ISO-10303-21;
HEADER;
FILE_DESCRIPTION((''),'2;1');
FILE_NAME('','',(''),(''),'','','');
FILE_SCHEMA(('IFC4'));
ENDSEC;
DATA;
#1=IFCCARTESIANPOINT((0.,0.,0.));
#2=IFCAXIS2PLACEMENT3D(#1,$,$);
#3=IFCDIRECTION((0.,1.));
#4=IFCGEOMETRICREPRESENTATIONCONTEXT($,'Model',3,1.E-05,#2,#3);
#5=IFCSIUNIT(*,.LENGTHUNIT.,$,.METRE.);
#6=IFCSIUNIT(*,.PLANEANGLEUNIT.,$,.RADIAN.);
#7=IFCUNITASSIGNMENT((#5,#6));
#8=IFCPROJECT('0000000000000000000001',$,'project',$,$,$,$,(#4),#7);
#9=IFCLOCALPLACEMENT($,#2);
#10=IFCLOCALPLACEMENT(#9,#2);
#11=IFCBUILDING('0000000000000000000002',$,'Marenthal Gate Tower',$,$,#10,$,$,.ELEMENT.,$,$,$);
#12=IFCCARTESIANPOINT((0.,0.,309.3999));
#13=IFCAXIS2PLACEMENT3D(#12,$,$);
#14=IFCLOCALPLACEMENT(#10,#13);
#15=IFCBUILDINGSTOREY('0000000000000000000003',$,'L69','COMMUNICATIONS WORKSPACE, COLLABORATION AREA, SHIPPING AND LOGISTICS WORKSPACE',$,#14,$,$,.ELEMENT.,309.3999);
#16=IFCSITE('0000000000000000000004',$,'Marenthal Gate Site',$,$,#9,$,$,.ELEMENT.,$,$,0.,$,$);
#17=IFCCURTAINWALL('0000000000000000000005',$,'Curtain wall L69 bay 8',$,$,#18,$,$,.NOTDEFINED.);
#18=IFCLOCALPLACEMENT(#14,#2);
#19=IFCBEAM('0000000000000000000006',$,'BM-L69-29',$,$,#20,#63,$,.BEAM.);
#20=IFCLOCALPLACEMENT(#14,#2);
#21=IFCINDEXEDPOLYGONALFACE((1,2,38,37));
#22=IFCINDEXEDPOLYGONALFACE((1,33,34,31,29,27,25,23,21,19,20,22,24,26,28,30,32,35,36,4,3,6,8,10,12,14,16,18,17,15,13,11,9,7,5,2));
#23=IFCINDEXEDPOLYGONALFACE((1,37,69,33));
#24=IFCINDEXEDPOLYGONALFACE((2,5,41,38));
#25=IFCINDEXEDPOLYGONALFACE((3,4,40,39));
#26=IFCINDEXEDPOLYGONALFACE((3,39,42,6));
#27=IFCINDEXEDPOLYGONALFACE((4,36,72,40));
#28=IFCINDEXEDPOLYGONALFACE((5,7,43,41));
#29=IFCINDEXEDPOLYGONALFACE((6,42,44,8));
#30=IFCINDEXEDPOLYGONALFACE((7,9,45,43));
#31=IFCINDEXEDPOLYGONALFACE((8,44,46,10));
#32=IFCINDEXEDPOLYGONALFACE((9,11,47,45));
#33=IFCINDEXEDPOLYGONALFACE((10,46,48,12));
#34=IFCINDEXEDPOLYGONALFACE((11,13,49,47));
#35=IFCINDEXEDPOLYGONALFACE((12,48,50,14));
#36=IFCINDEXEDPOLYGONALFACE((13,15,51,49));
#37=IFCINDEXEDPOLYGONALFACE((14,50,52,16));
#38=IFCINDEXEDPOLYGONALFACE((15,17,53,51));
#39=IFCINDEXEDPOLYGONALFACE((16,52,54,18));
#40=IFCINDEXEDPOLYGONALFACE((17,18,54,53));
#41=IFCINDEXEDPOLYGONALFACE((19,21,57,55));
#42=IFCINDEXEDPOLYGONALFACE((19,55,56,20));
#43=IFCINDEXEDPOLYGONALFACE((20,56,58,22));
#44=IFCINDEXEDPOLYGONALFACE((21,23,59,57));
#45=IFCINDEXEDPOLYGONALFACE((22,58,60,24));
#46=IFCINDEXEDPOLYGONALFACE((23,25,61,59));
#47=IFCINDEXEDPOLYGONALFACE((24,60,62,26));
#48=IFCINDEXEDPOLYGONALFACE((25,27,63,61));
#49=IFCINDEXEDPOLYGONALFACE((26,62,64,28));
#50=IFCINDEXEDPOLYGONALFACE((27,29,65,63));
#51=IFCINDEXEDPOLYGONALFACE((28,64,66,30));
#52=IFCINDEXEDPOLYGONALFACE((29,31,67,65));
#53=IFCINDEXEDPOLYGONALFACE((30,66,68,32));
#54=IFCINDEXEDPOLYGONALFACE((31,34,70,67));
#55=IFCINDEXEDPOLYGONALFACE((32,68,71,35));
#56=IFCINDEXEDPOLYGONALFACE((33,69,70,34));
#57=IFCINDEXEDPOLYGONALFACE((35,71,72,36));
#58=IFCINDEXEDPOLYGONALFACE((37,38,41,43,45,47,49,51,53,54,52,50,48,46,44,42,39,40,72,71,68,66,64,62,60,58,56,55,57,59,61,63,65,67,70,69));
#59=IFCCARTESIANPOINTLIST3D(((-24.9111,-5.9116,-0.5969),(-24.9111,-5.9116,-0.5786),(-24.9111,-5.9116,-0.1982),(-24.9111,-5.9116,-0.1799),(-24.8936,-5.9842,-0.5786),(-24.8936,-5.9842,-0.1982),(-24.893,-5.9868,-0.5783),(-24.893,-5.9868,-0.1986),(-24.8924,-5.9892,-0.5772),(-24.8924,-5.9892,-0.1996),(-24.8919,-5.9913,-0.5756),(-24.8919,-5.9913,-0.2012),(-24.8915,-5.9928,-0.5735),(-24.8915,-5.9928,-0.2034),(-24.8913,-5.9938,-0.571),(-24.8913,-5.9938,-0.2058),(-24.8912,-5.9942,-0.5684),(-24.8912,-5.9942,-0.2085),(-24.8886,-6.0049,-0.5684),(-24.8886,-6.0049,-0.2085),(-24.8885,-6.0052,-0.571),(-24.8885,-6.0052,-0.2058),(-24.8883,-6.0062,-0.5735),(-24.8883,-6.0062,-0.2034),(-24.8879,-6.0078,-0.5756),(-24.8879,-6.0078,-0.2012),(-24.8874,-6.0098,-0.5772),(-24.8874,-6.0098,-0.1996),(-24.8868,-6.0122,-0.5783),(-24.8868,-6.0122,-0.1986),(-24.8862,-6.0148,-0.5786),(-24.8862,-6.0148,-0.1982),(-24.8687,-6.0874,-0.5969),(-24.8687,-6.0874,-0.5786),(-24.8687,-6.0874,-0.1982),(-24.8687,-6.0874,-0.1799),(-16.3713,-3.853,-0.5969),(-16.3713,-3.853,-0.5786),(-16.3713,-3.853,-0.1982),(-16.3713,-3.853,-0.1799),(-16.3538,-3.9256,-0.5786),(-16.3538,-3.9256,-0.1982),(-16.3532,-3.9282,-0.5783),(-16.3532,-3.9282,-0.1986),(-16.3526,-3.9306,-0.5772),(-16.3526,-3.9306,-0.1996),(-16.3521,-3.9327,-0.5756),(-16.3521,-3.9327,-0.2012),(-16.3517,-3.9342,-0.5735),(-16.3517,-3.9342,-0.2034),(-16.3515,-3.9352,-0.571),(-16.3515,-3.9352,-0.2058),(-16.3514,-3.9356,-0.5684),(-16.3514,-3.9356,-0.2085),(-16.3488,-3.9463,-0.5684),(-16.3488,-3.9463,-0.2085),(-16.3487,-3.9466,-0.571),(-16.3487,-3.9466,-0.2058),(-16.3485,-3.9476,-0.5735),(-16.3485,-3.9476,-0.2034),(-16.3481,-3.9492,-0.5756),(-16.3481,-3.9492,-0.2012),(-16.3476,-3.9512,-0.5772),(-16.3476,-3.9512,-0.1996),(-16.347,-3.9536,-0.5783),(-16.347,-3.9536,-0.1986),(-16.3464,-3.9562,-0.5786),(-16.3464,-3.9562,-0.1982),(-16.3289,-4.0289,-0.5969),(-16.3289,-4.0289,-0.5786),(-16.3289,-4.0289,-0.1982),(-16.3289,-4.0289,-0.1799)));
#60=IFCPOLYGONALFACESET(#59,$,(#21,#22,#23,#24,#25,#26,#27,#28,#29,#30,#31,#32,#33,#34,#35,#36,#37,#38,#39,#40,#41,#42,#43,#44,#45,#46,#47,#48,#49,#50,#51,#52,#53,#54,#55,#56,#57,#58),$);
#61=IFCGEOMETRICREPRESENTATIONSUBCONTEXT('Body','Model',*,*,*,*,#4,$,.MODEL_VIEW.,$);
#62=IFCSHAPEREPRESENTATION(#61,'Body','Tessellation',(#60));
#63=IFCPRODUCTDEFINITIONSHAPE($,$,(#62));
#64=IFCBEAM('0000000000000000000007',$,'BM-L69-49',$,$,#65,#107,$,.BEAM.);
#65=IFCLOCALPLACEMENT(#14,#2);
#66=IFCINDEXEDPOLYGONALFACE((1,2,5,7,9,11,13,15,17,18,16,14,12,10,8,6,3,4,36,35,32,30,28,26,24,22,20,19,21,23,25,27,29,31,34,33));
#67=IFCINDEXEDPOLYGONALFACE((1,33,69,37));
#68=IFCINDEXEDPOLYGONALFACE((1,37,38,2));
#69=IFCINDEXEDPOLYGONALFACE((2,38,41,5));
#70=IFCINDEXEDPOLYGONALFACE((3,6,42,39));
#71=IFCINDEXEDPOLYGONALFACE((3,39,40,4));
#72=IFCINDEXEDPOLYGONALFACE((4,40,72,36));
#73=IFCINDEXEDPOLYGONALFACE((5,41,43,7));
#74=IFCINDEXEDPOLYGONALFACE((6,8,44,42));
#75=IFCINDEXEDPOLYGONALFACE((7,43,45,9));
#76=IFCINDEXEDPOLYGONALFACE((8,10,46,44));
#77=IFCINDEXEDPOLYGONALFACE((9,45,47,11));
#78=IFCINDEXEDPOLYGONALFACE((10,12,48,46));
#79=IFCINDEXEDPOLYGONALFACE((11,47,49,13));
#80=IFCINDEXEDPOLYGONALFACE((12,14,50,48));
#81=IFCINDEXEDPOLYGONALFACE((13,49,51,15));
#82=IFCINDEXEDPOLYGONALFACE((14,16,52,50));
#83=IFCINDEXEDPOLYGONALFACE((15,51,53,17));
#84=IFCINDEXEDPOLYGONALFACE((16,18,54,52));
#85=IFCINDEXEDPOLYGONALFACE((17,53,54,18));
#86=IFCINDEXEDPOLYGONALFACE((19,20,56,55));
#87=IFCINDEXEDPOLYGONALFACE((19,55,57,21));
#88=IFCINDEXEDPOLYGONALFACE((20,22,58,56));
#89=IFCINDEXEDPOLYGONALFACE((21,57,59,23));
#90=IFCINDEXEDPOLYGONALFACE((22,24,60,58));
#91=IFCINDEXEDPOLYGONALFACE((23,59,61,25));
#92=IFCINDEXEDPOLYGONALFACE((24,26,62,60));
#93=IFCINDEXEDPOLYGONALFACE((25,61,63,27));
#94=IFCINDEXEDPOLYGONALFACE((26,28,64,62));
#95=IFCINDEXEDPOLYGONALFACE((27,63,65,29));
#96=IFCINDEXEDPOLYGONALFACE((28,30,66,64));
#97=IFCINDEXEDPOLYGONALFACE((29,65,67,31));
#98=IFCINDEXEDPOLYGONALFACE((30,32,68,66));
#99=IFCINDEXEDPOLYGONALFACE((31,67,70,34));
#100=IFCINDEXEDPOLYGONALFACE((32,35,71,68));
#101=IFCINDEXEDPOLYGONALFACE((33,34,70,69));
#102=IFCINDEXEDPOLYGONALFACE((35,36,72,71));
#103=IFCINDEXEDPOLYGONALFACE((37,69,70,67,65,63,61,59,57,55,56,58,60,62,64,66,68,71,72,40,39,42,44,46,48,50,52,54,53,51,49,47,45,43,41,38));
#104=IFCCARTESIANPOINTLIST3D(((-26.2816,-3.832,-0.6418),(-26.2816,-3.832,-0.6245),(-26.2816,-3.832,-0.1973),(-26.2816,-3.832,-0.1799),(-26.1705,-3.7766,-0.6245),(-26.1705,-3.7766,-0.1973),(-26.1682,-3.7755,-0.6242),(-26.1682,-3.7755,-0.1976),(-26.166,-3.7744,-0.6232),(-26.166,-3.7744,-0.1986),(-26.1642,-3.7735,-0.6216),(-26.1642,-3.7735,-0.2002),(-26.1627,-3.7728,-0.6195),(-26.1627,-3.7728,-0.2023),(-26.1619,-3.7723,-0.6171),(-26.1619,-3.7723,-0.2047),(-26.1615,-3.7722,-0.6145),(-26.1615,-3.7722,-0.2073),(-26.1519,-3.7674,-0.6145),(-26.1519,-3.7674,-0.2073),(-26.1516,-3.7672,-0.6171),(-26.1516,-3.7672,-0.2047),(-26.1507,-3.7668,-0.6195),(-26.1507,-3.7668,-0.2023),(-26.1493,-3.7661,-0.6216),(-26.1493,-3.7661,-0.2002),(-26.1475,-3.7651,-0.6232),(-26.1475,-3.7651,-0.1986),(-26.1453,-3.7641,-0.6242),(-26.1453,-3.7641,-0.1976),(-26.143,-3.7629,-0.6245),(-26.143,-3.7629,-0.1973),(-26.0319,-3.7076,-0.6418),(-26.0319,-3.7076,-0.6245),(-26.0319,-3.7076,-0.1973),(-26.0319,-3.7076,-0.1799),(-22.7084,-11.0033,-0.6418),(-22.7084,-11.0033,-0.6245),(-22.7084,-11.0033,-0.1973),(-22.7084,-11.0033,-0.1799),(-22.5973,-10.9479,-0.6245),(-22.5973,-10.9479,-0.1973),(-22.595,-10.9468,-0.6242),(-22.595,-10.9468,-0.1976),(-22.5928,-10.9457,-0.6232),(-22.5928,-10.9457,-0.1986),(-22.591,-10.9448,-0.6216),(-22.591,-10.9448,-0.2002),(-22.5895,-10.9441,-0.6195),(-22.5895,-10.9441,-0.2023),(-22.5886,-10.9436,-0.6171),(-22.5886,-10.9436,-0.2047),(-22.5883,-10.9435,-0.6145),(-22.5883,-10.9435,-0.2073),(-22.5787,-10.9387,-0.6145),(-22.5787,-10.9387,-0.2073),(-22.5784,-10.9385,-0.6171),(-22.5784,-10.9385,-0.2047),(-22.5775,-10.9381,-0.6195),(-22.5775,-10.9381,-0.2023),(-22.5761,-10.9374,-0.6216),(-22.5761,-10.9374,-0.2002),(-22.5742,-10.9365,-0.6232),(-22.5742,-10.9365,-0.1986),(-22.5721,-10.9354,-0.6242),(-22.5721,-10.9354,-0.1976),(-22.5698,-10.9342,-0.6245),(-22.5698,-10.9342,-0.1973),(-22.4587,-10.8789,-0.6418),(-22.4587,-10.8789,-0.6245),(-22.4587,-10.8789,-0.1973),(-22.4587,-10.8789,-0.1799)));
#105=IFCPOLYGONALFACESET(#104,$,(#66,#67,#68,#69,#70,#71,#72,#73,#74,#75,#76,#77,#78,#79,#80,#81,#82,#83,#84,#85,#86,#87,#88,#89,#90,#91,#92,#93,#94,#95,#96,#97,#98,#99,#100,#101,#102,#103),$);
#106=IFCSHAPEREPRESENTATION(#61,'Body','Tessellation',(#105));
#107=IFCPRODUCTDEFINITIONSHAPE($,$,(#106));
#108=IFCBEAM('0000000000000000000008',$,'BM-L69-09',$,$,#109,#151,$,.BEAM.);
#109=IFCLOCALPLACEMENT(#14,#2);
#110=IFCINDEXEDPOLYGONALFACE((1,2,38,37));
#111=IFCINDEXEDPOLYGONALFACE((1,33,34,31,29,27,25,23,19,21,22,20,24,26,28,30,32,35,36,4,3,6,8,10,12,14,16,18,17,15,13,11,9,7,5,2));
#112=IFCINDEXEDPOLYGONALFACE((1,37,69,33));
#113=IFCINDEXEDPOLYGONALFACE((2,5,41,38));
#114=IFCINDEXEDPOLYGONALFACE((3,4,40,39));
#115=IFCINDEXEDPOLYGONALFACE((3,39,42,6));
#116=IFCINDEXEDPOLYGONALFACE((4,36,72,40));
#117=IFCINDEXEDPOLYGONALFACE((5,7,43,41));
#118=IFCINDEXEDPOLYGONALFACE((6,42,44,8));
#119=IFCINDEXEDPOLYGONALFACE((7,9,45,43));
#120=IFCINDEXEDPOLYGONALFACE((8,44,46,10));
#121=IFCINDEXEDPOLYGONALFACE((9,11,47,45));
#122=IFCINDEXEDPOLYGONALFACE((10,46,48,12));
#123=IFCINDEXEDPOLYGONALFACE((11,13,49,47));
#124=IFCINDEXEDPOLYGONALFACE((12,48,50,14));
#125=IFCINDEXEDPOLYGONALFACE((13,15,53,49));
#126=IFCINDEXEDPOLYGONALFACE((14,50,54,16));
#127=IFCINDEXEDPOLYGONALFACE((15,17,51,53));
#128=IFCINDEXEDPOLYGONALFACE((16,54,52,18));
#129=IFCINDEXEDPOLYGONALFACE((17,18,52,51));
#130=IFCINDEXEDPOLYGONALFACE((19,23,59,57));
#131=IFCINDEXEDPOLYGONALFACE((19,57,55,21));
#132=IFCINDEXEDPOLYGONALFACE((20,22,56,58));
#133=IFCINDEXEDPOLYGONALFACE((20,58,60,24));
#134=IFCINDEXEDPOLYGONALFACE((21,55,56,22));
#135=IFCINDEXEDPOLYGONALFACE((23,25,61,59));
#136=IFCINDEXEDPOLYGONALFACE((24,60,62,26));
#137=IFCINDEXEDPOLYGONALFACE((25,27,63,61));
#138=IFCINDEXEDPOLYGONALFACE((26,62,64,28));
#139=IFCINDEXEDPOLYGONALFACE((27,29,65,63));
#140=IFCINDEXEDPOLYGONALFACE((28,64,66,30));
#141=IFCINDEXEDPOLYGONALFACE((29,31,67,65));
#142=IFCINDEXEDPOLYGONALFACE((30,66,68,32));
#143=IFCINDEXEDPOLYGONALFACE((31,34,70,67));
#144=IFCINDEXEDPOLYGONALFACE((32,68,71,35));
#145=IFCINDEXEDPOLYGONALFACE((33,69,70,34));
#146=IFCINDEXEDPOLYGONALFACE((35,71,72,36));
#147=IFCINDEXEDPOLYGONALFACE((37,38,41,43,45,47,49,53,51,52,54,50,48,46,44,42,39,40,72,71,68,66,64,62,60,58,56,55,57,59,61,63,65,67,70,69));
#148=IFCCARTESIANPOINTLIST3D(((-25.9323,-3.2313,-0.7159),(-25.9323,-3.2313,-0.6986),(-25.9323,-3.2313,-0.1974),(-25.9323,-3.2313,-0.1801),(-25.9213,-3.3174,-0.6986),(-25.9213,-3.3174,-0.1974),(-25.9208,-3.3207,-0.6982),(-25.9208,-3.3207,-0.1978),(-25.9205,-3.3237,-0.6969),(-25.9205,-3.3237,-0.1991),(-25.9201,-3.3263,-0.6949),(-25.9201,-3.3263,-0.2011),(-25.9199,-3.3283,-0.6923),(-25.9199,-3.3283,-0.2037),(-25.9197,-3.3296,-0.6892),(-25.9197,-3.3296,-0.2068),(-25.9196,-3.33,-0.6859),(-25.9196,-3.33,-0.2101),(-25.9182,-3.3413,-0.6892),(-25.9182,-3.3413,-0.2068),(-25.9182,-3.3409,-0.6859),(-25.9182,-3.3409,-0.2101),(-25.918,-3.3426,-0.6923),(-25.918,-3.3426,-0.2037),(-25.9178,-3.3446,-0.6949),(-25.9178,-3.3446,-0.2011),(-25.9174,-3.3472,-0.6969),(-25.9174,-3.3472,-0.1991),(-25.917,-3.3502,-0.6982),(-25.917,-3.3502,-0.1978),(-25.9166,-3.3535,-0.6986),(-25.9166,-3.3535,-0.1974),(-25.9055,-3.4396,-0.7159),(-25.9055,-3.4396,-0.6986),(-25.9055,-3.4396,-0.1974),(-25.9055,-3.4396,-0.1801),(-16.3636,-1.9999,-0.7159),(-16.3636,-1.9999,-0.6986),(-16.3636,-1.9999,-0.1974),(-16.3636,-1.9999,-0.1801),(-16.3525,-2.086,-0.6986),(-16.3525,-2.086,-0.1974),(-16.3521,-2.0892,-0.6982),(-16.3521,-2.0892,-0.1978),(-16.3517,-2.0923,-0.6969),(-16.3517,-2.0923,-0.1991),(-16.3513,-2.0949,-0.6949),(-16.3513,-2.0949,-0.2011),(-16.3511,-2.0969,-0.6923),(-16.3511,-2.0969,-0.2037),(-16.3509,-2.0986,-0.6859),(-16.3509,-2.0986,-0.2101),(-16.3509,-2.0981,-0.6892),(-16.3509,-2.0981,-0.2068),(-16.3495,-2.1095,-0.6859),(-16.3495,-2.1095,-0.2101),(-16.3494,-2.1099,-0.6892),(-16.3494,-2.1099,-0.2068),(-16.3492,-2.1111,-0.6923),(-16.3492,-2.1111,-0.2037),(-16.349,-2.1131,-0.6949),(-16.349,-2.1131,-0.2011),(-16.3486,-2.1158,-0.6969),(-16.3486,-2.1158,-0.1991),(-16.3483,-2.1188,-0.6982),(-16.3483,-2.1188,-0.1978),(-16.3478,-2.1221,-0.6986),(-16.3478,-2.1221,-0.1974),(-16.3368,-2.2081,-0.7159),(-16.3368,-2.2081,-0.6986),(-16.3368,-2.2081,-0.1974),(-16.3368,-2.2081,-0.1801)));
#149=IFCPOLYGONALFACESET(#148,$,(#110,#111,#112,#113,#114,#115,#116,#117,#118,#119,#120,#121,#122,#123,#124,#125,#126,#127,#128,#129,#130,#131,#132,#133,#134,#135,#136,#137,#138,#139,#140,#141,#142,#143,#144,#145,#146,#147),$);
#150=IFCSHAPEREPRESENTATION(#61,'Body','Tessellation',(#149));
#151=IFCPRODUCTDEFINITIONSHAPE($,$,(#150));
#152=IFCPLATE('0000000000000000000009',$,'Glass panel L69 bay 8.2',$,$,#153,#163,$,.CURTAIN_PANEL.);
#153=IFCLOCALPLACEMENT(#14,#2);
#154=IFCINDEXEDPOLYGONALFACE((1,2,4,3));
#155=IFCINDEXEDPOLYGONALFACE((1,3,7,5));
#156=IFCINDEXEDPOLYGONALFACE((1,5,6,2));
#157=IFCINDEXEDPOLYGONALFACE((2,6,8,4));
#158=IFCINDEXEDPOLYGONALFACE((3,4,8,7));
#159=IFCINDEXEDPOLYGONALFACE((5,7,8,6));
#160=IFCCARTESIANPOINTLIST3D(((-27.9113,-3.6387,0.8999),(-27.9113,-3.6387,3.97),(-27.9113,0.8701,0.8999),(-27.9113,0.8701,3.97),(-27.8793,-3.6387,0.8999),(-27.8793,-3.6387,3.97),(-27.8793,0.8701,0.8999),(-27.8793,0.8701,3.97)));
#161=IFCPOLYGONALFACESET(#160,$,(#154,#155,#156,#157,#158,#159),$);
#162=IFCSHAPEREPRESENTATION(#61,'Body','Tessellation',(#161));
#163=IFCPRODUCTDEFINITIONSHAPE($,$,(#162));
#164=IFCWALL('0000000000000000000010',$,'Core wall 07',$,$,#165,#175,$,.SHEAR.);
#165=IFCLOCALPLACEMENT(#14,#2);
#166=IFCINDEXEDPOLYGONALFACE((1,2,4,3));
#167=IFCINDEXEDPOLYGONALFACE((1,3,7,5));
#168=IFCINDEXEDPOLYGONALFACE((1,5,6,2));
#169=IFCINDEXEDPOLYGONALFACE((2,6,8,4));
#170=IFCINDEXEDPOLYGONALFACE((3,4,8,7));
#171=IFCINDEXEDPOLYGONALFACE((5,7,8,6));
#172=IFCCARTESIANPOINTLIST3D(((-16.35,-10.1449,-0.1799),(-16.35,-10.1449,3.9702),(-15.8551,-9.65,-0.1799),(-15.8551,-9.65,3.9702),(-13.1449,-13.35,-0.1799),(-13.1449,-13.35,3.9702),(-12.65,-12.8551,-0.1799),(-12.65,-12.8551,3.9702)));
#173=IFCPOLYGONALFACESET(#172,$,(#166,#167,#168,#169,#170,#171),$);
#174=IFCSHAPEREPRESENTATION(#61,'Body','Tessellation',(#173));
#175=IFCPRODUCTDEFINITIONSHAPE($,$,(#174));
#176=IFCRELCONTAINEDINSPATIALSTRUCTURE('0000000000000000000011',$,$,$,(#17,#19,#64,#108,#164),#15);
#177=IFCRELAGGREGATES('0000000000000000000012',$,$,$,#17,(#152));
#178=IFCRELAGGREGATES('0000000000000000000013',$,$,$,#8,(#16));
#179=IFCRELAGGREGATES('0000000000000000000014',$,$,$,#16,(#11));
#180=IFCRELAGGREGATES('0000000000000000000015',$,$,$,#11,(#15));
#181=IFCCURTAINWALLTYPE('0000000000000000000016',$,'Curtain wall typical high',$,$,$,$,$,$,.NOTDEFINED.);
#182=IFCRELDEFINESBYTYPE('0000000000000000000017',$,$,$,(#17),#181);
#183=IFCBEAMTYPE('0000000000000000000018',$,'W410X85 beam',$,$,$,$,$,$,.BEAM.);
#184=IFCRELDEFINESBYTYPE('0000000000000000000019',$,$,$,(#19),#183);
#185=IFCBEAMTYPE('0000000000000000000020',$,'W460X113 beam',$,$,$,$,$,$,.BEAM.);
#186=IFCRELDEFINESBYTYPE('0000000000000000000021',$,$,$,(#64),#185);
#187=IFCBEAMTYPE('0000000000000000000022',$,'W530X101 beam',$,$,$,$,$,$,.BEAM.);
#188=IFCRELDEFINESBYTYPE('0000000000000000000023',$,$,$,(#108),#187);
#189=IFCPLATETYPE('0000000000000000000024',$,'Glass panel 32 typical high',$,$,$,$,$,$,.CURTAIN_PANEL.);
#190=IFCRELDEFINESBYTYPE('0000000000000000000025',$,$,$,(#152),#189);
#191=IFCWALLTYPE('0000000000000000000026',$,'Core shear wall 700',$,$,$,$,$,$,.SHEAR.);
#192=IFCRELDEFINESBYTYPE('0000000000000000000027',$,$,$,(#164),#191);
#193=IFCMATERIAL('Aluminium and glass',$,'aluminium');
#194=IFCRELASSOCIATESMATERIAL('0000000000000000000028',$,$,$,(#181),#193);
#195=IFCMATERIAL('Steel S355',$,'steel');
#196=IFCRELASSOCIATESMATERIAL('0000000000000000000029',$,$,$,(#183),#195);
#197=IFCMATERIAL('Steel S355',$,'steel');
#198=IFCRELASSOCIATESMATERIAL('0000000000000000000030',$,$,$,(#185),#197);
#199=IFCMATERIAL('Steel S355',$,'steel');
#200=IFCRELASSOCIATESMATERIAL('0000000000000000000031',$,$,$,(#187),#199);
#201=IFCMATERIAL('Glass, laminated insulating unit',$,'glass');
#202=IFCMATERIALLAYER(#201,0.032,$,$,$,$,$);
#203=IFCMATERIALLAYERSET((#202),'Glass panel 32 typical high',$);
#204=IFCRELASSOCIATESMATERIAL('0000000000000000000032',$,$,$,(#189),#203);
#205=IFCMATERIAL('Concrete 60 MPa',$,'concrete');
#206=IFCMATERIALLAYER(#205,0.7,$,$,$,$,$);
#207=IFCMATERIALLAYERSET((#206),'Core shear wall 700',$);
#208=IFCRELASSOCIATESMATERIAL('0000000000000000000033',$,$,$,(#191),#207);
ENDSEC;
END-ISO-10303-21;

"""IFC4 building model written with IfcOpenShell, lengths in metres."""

from ifc_helpers import new_model, si_unit, direction, frame, frame_2d, origin, origin_2d, place, context, subcontext, project, spatial, rectangle, i_section, extrude, material, layer, layer_set, material_profile, profile_set, type_object, element, aggregate, save


model = new_model("IFC4")

# Units and contexts
model_context = context("Model", 3, precision=1e-05, world=origin(), true_north=direction((0.0, 1.0)))
body_context = subcontext(model_context, "Body", "Model", "MODEL_VIEW")
ifc_project = project(units=[si_unit("LENGTHUNIT", "METRE"), si_unit("PLANEANGLEUNIT", "RADIAN")], contexts=[model_context])

# Site, building, storey
site_placement = place(None, origin())
site = spatial("IfcSite", under=ifc_project, at=site_placement, Name="Marenthal Gate Site", CompositionType="ELEMENT", RefElevation=0.0)
building_placement = place(site_placement, origin())
building = spatial("IfcBuilding", under=site, at=building_placement, Name="Marenthal Gate Tower", CompositionType="ELEMENT")
storey_placement = place(building_placement, frame((0.0, 0.0, 309.3999)))
storey = spatial("IfcBuildingStorey", under=building, at=storey_placement, Name="L69", Description="COMMUNICATIONS WORKSPACE, COLLABORATION AREA, SHIPPING AND LOGISTICS WORKSPACE", CompositionType="ELEMENT", Elevation=309.3999)

# Curtain wall
ifc_material_1 = material(Name="Aluminium and glass", Category="aluminium")
curtain_wall_type = type_object("IfcCurtainWallType", Name="Curtain wall typical high", PredefinedType="NOTDEFINED", material=ifc_material_1)
curtain_wall_placement = place(storey_placement, origin())
curtain_wall = element("IfcCurtainWall", 1, at=curtain_wall_placement, inside=storey, type_object=curtain_wall_type, Name="Curtain wall L69 bay 8", PredefinedType="NOTDEFINED")

# Beams
ifc_material_2 = material(Name="Steel S355", Category="steel")
ifc_material_profile_1 = material_profile(ifc_material_2, i_section(OverallWidth=0.1809, OverallDepth=0.417, WebThickness=0.011, FlangeThickness=0.0183, FilletRadius=0.0103, at=origin_2d()), Name="W410X85")
ifc_profile_set_1 = profile_set([ifc_material_profile_1], Name="Steel S355")
beam_type_1 = type_object("IfcBeamType", Name="W410X85 beam", PredefinedType="BEAM", material=ifc_profile_set_1)
beam_1_placement = place(storey_placement, frame((-24.8899, -5.9995, -0.3884), z_axis=(0.972153, 0.234346, 0.0), x_axis=(-0.234346, 0.972153, 0.0)))
element("IfcBeam", 2, at=beam_1_placement, inside=storey, type_object=beam_type_1, Name="BM-L69-29", PredefinedType="BEAM", context=body_context, shape_type="SweptSolid", body=[
    extrude(i_section(OverallWidth=0.1809, OverallDepth=0.417, WebThickness=0.011, FlangeThickness=0.0183, FilletRadius=0.0103, at=origin_2d()), origin(), (0.0, 0.0, 1.0), 8.7844),
])
ifc_material_3 = material(Name="Steel S355", Category="steel")
ifc_material_profile_2 = material_profile(ifc_material_3, i_section(OverallWidth=0.2791, OverallDepth=0.4619, WebThickness=0.0107, FlangeThickness=0.0173, FilletRadius=0.01, at=origin_2d()), Name="W460X113")
ifc_profile_set_2 = profile_set([ifc_material_profile_2], Name="Steel S355")
beam_type_2 = type_object("IfcBeamType", Name="W460X113 beam", PredefinedType="BEAM", material=ifc_profile_set_2)
beam_2_placement = place(storey_placement, frame((-26.1567, -3.7698, -0.4109), z_axis=(0.44597, -0.895048, 0.0), x_axis=(0.895048, 0.44597, 0.0)))
element("IfcBeam", 3, at=beam_2_placement, inside=storey, type_object=beam_type_2, Name="BM-L69-49", PredefinedType="BEAM", context=body_context, shape_type="SweptSolid", body=[
    extrude(i_section(OverallWidth=0.2791, OverallDepth=0.4619, WebThickness=0.0107, FlangeThickness=0.0173, FilletRadius=0.01, at=origin_2d()), origin(), (0.0, 0.0, 1.0), 8.0122),
])
ifc_material_4 = material(Name="Steel S355", Category="steel")
ifc_material_profile_3 = material_profile(ifc_material_4, i_section(OverallWidth=0.21, OverallDepth=0.5359, WebThickness=0.011, FlangeThickness=0.0173, FilletRadius=0.0127, at=origin_2d()), Name="W530X101")
ifc_profile_set_3 = profile_set([ifc_material_profile_3], Name="Steel S355")
beam_type_3 = type_object("IfcBeamType", Name="W530X101 beam", PredefinedType="BEAM", material=ifc_profile_set_3)
beam_3_placement = place(storey_placement, frame((-25.9189, -3.3354, -0.448), z_axis=(0.99182, 0.127641, 0.0), x_axis=(-0.127641, 0.99182, 0.0)))
element("IfcBeam", 4, at=beam_3_placement, inside=storey, type_object=beam_type_3, Name="BM-L69-09", PredefinedType="BEAM", context=body_context, shape_type="SweptSolid", body=[
    extrude(i_section(OverallWidth=0.21, OverallDepth=0.5359, WebThickness=0.011, FlangeThickness=0.0173, FilletRadius=0.0127, at=origin_2d()), origin(), (0.0, 0.0, 1.0), 9.6477),
])

# Plate
ifc_material_5 = material(Name="Glass, laminated insulating unit", Category="glass")
ifc_layer_1 = layer(ifc_material_5, 0.032)
ifc_layer_set_1 = layer_set([ifc_layer_1], Name="Glass panel 32 typical high")
plate_type = type_object("IfcPlateType", Name="Glass panel 32 typical high", PredefinedType="CURTAIN_PANEL", material=ifc_layer_set_1)
plate_placement = place(storey_placement, frame((-27.8953, -1.3843, 0.8999), z_axis=(0.0, 0.0, 1.0), x_axis=(0.0, -1.0, 0.0)))
plate = element("IfcPlate", 5, at=plate_placement, type_object=plate_type, Name="Glass panel L69 bay 8.2", PredefinedType="CURTAIN_PANEL", context=body_context, shape_type="SweptSolid", body=[
    extrude(rectangle(XDim=4.5088, YDim=0.032, at=origin_2d()), origin(), (0.0, 0.0, 1.0), 3.0701),
])
aggregate(curtain_wall, [plate])

# Wall
ifc_material_6 = material(Name="Concrete 60 MPa", Category="concrete")
ifc_layer_2 = layer(ifc_material_6, 0.7)
ifc_layer_set_2 = layer_set([ifc_layer_2], Name="Core shear wall 700")
wall_type_1 = type_object("IfcWallType", Name="Core shear wall 700", PredefinedType="SHEAR", material=ifc_layer_set_2)
wall_1_placement = place(storey_placement, frame((-16.1025, -9.8975, -0.1799), z_axis=(0.0, 0.0, 1.0), x_axis=(0.707107, -0.707107, 0.0)))
element("IfcWall", 6, at=wall_1_placement, inside=storey, type_object=wall_type_1, Name="Core wall 07", PredefinedType="SHEAR", context=body_context, shape_type="SweptSolid", body=[
    extrude(rectangle(XDim=4.5327, YDim=0.7, at=frame_2d((2.2664, 0.0))), origin(), (0.0, 0.0, 1.0), 4.1501),
])

save(model, "model.ifc")
